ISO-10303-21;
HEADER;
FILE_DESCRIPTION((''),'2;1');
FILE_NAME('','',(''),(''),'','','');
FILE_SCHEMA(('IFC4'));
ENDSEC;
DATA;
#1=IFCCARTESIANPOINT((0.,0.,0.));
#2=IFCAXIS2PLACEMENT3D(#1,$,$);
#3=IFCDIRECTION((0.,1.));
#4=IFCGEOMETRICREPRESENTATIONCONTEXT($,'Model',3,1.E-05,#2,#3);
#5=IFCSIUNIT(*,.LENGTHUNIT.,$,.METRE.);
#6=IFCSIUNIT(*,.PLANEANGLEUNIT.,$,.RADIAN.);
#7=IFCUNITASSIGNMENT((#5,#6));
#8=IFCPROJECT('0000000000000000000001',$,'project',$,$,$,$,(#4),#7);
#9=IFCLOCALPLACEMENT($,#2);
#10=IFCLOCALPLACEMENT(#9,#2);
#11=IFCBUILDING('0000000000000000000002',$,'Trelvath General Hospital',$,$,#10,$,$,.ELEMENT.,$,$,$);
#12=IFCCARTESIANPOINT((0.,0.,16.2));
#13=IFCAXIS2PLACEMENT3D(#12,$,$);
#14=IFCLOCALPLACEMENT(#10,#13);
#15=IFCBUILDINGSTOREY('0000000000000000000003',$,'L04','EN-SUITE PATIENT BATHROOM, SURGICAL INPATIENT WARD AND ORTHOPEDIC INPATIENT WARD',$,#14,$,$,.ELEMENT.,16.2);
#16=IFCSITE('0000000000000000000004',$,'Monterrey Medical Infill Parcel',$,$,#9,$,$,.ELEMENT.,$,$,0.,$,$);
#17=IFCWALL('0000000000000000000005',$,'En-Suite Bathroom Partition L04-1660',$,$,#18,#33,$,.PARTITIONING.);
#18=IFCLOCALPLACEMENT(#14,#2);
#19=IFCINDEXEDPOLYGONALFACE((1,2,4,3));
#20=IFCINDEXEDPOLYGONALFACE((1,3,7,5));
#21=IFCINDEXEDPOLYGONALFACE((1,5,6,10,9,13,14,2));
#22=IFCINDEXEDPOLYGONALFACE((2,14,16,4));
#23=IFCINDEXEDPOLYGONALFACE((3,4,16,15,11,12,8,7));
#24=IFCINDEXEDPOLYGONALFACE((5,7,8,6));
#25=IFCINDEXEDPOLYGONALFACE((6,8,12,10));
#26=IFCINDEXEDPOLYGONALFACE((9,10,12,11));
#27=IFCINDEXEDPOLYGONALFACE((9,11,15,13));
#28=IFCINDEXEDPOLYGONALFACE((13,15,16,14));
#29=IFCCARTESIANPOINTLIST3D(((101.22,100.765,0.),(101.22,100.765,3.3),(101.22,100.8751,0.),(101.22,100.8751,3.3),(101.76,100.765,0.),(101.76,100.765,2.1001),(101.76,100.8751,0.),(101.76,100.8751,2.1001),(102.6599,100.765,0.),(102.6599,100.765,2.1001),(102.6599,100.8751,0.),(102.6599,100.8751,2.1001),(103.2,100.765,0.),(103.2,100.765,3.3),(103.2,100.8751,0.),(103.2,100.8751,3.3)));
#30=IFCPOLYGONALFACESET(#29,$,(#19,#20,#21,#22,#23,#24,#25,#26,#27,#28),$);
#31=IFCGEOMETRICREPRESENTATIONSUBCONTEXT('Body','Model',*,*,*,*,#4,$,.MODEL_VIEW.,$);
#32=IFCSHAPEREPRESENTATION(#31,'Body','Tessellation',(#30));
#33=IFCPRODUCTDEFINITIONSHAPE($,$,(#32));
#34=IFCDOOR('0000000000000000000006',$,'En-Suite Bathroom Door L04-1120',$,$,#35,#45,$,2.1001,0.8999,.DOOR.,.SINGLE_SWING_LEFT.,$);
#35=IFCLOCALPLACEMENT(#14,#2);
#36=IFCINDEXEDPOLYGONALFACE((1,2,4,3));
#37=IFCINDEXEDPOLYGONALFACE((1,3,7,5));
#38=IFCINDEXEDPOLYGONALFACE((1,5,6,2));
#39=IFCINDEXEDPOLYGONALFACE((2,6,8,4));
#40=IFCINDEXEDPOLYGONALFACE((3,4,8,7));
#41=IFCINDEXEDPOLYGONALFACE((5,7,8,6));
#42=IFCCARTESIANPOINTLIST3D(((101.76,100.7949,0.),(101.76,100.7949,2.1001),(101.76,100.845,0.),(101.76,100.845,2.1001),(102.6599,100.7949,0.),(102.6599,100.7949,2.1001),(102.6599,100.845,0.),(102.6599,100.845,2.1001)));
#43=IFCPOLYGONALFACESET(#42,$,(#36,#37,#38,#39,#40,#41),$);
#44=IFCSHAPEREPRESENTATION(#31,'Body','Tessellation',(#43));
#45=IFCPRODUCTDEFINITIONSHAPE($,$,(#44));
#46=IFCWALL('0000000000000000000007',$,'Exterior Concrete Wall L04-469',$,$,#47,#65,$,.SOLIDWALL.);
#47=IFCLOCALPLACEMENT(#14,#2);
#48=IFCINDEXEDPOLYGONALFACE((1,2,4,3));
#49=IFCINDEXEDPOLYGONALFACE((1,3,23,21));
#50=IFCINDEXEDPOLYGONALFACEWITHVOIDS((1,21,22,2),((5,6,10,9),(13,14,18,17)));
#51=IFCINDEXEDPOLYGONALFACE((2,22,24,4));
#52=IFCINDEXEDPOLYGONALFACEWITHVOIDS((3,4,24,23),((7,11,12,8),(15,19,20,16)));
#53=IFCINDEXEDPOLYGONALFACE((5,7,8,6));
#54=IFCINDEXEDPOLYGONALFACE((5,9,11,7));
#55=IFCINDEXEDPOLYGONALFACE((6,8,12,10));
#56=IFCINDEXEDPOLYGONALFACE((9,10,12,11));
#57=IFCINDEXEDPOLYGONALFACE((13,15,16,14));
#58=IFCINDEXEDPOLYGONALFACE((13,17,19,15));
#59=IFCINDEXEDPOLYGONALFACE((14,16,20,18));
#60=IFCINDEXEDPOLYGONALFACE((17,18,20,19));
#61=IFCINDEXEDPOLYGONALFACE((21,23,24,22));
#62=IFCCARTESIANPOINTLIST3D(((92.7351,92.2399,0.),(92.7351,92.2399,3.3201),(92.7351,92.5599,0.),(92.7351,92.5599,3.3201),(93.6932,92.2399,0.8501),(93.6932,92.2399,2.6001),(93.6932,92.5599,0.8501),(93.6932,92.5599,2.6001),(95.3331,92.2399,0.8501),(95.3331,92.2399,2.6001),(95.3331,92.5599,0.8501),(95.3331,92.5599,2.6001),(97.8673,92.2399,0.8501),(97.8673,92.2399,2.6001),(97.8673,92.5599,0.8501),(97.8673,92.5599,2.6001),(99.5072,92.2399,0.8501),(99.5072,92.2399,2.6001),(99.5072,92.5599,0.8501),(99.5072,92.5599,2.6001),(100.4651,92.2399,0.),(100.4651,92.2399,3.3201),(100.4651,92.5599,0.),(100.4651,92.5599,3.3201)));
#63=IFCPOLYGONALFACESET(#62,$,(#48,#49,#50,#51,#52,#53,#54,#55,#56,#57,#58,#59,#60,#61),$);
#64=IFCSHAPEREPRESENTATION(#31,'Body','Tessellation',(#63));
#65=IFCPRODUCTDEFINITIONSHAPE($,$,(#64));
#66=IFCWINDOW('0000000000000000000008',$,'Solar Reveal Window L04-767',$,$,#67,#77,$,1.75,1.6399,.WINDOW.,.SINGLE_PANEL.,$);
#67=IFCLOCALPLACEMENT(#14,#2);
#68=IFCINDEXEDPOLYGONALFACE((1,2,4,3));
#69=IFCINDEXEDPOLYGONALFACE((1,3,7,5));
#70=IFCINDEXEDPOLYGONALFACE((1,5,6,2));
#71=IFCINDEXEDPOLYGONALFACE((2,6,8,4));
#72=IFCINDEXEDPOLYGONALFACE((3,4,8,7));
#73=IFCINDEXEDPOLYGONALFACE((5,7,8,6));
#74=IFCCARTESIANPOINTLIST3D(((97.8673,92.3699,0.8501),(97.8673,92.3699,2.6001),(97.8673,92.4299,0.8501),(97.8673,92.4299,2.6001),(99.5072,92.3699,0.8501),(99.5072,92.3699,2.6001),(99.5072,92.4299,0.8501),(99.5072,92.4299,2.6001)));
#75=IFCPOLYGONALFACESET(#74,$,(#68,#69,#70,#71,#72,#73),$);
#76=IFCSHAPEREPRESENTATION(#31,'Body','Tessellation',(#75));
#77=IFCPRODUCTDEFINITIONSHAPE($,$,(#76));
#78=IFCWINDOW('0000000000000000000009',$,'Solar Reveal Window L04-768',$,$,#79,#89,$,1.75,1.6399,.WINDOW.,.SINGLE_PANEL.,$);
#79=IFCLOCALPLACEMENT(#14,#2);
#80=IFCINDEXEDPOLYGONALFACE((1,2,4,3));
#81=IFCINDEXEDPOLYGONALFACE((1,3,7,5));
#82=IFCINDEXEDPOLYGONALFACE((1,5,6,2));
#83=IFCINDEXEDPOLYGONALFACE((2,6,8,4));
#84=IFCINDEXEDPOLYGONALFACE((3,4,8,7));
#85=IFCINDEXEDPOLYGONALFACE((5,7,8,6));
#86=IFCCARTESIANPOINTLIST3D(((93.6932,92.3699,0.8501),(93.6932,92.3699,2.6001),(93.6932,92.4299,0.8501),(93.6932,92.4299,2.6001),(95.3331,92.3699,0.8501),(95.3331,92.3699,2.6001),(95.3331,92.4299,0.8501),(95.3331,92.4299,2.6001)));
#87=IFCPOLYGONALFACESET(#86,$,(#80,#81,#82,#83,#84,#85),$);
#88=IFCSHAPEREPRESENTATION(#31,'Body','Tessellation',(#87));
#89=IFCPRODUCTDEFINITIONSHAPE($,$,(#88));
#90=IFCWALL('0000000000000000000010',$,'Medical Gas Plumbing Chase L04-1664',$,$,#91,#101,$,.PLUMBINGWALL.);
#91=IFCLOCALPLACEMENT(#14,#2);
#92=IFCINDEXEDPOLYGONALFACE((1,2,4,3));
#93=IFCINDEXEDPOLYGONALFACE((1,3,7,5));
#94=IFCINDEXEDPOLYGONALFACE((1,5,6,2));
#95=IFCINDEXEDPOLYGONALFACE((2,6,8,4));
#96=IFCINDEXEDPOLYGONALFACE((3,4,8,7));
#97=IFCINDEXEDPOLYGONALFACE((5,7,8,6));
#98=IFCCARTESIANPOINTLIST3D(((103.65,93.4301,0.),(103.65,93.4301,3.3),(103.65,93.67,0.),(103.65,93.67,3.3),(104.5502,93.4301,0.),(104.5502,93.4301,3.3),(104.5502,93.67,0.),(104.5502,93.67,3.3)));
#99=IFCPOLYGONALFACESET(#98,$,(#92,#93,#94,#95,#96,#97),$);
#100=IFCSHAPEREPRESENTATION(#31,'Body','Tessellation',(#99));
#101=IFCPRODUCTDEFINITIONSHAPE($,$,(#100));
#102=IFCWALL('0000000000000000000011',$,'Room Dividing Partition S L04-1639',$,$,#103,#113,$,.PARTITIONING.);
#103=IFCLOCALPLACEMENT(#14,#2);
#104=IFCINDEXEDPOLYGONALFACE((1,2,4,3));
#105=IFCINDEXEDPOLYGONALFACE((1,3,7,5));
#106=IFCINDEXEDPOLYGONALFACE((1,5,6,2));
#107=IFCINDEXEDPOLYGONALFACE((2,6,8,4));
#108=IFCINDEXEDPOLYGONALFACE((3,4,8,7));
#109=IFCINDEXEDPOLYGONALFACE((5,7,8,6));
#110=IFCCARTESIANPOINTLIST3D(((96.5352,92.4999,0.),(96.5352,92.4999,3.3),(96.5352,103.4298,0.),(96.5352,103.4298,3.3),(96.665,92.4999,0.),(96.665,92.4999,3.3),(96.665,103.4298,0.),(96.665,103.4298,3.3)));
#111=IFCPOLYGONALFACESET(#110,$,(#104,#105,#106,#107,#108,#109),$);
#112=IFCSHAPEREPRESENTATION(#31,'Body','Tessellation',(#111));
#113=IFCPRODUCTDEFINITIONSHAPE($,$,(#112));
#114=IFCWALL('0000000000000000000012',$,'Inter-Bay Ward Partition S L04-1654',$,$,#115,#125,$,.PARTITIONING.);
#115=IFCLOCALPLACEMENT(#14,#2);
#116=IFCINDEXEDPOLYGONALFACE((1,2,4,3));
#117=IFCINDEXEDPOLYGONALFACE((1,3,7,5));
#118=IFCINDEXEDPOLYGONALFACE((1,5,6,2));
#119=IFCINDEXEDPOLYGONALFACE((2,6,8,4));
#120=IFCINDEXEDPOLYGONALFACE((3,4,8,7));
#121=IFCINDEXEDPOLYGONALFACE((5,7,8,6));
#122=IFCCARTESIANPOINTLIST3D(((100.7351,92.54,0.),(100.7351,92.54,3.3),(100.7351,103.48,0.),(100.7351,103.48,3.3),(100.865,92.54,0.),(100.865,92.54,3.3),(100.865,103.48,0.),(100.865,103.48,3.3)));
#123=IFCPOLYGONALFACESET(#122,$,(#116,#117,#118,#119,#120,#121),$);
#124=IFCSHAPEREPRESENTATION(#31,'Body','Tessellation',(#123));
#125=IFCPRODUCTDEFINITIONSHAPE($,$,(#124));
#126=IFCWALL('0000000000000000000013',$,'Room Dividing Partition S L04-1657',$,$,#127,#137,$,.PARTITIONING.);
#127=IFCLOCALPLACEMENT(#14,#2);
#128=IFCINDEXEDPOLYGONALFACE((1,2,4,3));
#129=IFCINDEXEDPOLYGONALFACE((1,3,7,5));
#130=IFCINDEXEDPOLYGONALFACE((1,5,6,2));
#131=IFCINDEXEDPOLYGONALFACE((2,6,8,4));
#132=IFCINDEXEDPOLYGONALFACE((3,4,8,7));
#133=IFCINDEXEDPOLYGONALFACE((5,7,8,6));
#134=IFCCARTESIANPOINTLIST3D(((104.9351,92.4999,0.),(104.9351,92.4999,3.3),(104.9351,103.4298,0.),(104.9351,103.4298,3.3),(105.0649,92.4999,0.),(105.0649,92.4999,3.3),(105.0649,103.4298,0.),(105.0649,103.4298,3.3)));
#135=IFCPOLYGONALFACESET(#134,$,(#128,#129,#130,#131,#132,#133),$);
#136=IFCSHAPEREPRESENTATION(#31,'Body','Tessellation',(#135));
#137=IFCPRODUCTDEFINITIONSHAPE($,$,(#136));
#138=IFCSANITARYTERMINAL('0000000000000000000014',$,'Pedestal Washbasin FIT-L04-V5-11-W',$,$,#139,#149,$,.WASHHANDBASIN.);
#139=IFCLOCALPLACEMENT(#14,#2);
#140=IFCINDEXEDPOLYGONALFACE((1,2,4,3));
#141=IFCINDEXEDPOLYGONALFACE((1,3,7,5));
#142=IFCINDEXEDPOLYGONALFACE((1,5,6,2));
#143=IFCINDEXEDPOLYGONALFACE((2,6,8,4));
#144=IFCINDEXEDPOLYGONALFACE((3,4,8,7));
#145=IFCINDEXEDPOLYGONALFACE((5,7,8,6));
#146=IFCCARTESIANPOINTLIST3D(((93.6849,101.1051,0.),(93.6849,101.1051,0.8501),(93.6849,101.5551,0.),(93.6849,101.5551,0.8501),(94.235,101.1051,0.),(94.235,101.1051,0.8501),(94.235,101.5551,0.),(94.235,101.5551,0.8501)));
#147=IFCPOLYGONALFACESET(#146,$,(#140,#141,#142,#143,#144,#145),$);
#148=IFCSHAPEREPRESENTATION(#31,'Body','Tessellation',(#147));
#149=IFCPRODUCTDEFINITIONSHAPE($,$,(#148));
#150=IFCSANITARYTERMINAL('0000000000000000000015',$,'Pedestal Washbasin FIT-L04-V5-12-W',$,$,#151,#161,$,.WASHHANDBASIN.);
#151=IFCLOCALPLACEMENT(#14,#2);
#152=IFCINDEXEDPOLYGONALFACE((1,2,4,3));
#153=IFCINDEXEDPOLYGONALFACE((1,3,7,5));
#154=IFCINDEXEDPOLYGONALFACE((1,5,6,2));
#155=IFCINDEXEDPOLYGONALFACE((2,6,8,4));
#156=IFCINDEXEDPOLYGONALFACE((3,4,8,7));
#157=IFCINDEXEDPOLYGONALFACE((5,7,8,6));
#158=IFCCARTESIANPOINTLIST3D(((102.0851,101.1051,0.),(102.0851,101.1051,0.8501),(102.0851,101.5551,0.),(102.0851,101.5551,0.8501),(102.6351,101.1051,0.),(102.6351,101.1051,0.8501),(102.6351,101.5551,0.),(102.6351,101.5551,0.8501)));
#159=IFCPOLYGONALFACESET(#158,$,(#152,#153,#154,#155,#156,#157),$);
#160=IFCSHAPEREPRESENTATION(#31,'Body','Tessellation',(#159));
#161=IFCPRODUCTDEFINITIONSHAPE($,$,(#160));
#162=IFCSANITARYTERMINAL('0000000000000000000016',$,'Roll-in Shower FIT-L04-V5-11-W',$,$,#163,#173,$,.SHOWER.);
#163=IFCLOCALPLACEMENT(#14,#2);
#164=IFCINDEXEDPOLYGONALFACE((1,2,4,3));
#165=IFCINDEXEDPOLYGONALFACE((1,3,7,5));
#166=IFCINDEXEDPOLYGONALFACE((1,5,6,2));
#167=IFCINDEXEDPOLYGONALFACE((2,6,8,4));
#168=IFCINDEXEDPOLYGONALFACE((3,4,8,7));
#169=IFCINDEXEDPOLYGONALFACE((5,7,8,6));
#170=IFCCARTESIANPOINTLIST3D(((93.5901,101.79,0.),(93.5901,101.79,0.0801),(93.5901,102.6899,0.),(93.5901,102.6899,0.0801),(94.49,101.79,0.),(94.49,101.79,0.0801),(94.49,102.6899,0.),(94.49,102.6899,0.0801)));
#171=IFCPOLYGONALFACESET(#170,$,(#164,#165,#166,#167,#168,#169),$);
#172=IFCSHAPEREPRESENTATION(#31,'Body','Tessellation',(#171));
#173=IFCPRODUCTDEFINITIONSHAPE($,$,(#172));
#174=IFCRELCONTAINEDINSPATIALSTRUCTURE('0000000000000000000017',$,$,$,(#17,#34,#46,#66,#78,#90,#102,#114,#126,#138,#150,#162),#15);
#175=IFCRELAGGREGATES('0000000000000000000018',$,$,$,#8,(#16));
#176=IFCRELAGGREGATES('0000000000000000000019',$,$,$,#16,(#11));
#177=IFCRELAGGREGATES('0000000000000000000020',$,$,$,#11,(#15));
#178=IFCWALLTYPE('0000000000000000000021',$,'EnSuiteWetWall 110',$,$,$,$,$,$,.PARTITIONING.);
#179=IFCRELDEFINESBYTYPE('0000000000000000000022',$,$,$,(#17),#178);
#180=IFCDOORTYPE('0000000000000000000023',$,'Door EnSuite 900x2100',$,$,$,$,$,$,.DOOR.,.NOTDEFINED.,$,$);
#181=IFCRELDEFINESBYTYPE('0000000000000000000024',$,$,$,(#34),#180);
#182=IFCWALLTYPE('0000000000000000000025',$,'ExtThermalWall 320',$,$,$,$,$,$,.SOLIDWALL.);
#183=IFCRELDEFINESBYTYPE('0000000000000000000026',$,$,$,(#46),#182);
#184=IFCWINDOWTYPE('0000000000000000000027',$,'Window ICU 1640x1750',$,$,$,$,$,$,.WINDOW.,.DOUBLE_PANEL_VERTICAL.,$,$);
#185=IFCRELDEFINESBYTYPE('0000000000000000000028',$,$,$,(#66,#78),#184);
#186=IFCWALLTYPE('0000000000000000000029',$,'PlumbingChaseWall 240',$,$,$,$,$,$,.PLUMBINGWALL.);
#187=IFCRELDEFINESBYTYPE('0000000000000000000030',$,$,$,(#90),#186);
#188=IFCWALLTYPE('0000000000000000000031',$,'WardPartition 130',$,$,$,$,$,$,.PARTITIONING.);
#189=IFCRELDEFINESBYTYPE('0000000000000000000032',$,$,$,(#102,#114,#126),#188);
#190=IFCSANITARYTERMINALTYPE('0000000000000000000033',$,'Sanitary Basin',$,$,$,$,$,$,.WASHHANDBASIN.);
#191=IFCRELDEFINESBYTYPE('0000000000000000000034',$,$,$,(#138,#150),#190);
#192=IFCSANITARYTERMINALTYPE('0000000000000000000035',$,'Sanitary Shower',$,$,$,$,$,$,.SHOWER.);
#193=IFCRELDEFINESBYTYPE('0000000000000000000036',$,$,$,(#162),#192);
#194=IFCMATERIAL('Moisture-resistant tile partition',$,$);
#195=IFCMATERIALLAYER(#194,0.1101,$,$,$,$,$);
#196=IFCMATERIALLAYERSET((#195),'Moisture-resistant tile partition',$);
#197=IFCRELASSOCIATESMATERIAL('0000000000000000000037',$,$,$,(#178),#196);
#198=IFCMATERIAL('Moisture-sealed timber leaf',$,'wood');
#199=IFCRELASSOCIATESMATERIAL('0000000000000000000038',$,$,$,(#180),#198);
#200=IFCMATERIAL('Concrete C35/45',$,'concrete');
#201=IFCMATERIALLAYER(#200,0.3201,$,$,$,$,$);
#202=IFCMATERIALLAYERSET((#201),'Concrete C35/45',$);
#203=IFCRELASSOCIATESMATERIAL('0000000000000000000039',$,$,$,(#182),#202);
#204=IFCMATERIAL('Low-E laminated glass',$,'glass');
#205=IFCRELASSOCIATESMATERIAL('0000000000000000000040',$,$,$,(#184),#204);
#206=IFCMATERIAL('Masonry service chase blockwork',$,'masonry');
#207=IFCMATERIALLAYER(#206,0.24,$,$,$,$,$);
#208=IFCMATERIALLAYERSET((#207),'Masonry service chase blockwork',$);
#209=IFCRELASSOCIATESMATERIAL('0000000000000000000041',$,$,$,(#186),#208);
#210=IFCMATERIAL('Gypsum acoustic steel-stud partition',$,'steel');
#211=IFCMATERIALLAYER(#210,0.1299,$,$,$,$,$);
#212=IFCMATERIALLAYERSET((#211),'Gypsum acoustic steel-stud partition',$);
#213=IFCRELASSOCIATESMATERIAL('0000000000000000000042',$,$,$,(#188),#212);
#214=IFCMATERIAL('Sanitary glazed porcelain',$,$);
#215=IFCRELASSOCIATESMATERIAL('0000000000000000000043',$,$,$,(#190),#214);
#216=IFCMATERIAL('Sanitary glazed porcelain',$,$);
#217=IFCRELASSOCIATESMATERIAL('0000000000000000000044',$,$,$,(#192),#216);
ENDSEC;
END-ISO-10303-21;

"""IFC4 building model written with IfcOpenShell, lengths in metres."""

from ifc_helpers import new_model, si_unit, direction, frame, frame_2d, origin, origin_2d, place, context, subcontext, project, spatial, rectangle, extrude, material, layer, layer_set, type_object, element, fill, save


model = new_model("IFC4")

# Units and contexts
model_context = context("Model", 3, precision=1e-05, world=origin(), true_north=direction((0.0, 1.0)))
body_context = subcontext(model_context, "Body", "Model", "MODEL_VIEW")
ifc_project = project(units=[si_unit("LENGTHUNIT", "METRE"), si_unit("PLANEANGLEUNIT", "RADIAN")], contexts=[model_context])

# Site, building, storey
site_placement = place(None, origin())
site = spatial("IfcSite", under=ifc_project, at=site_placement, Name="Monterrey Medical Infill Parcel", CompositionType="ELEMENT", RefElevation=0.0)
building_placement = place(site_placement, origin())
building = spatial("IfcBuilding", under=site, at=building_placement, Name="Trelvath General Hospital", CompositionType="ELEMENT")
storey_placement = place(building_placement, frame((0.0, 0.0, 16.2)))
storey = spatial("IfcBuildingStorey", under=building, at=storey_placement, Name="L04", Description="EN-SUITE PATIENT BATHROOM, SURGICAL INPATIENT WARD AND ORTHOPEDIC INPATIENT WARD", CompositionType="ELEMENT", Elevation=16.2)

# Shared definitions
ifc_material_1 = material(Name="Moisture-resistant tile partition")
ifc_layer_1 = layer(ifc_material_1, 0.1101)
ifc_layer_set_1 = layer_set([ifc_layer_1], Name="Moisture-resistant tile partition")
wall_type_1 = type_object("IfcWallType", Name="EnSuiteWetWall 110", PredefinedType="PARTITIONING", material=ifc_layer_set_1)

# Shared definitions
ifc_material_2 = material(Name="Moisture-sealed timber leaf", Category="wood")
door_type = type_object("IfcDoorType", Name="Door EnSuite 900x2100", OperationType="NOTDEFINED", PredefinedType="DOOR", material=ifc_material_2)

# Wall, opening, door
wall_1_placement = place(storey_placement, frame((101.22, 100.8201, 0.0), z_axis=(0.0, 0.0, 1.0), x_axis=(1.0, 0.0, 0.0)))
wall_1 = element("IfcWall", 1, at=wall_1_placement, inside=storey, type_object=wall_type_1, Name="En-Suite Bathroom Partition L04-1660", PredefinedType="PARTITIONING", context=body_context, shape_type="SweptSolid", body=[
    extrude(rectangle(XDim=1.98, YDim=0.1101, at=frame_2d((0.99, 0.0))), origin(), (0.0, 0.0, 1.0), 3.3),
])
opening_1_placement = place(wall_1_placement, frame((0.54, 0.0, 0.0)))
opening_1 = element("IfcOpeningElement", 2, at=opening_1_placement, cuts=wall_1, PredefinedType="OPENING", context=body_context, shape_type="SweptSolid", body=[
    extrude(rectangle(XDim=0.8999, YDim=2.1001, at=frame_2d((0.45, 1.05))), frame((0.0, 0.0649, 0.0), z_axis=(0.0, -1.0, 0.0), x_axis=(1.0, 0.0, 0.0)), (0.0, 0.0, 1.0), 0.1301),
])
door_1_placement = place(opening_1_placement, origin())
door_1 = element("IfcDoor", 3, at=door_1_placement, inside=storey, type_object=door_type, Name="En-Suite Bathroom Door L04-1120", OperationType="SINGLE_SWING_LEFT", OverallHeight=2.1001, OverallWidth=0.8999, PredefinedType="DOOR", context=body_context, shape_type="SweptSolid", body=[
    extrude(rectangle(XDim=0.8999, YDim=2.1001, at=frame_2d((0.45, 1.05))), frame((0.0, 0.0249, 0.0), z_axis=(0.0, -1.0, 0.0), x_axis=(1.0, 0.0, 0.0)), (0.0, 0.0, 1.0), 0.05),
])
fill(opening_1, door_1)

# Wall, openings, windows
ifc_material_3 = material(Name="Concrete C35/45", Category="concrete")
ifc_layer_2 = layer(ifc_material_3, 0.3201)
ifc_layer_set_2 = layer_set([ifc_layer_2], Name="Concrete C35/45")
wall_type_2 = type_object("IfcWallType", Name="ExtThermalWall 320", PredefinedType="SOLIDWALL", material=ifc_layer_set_2)
wall_2_placement = place(storey_placement, frame((100.4651, 92.3999, 0.0), z_axis=(0.0, 0.0, 1.0), x_axis=(-1.0, 0.0, 0.0)))
wall_2 = element("IfcWall", 4, at=wall_2_placement, inside=storey, type_object=wall_type_2, Name="Exterior Concrete Wall L04-469", PredefinedType="SOLIDWALL", context=body_context, shape_type="SweptSolid", body=[
    extrude(rectangle(XDim=7.73, YDim=0.3201, at=frame_2d((3.865, 0.0))), origin(), (0.0, 0.0, 1.0), 3.3201),
])
opening_2_placement = place(wall_2_placement, frame((0.958, 0.0, 0.8501)))
opening_2 = element("IfcOpeningElement", 5, at=opening_2_placement, cuts=wall_2, PredefinedType="OPENING", context=body_context, shape_type="SweptSolid", body=[
    extrude(rectangle(XDim=1.6399, YDim=1.75, at=frame_2d((0.8198, 0.875))), frame((0.0, 0.1699, 0.0), z_axis=(0.0, -1.0, 0.0), x_axis=(1.0, 0.0, 0.0)), (0.0, 0.0, 1.0), 0.3401),
])
opening_3_placement = place(wall_2_placement, frame((5.1321, 0.0, 0.8501)))
opening_3 = element("IfcOpeningElement", 6, at=opening_3_placement, cuts=wall_2, PredefinedType="OPENING", context=body_context, shape_type="SweptSolid", body=[
    extrude(rectangle(XDim=1.6399, YDim=1.75, at=frame_2d((0.8198, 0.875))), frame((0.0, 0.1699, 0.0), z_axis=(0.0, -1.0, 0.0), x_axis=(1.0, 0.0, 0.0)), (0.0, 0.0, 1.0), 0.3401),
])
ifc_material_4 = material(Name="Low-E laminated glass", Category="glass")
window_type = type_object("IfcWindowType", Name="Window ICU 1640x1750", PartitioningType="DOUBLE_PANEL_VERTICAL", PredefinedType="WINDOW", material=ifc_material_4)
window_1_placement = place(opening_2_placement, origin())
window_1 = element("IfcWindow", 7, at=window_1_placement, inside=storey, type_object=window_type, Name="Solar Reveal Window L04-767", OverallHeight=1.75, OverallWidth=1.6399, PartitioningType="SINGLE_PANEL", PredefinedType="WINDOW", context=body_context, shape_type="SweptSolid", body=[
    extrude(rectangle(XDim=1.6399, YDim=1.75, at=frame_2d((0.8198, 0.875))), frame((0.0, 0.03, 0.0), z_axis=(0.0, -1.0, 0.0), x_axis=(1.0, 0.0, 0.0)), (0.0, 0.0, 1.0), 0.0601),
])
fill(opening_2, window_1)
window_2_placement = place(opening_3_placement, origin())
window_2 = element("IfcWindow", 8, at=window_2_placement, inside=storey, type_object=window_type, Name="Solar Reveal Window L04-768", OverallHeight=1.75, OverallWidth=1.6399, PartitioningType="SINGLE_PANEL", PredefinedType="WINDOW", context=body_context, shape_type="SweptSolid", body=[
    extrude(rectangle(XDim=1.6399, YDim=1.75, at=frame_2d((0.8198, 0.875))), frame((0.0, 0.03, 0.0), z_axis=(0.0, -1.0, 0.0), x_axis=(1.0, 0.0, 0.0)), (0.0, 0.0, 1.0), 0.0601),
])
fill(opening_3, window_2)

# Walls
ifc_material_5 = material(Name="Masonry service chase blockwork", Category="masonry")
ifc_layer_3 = layer(ifc_material_5, 0.24)
ifc_layer_set_3 = layer_set([ifc_layer_3], Name="Masonry service chase blockwork")
wall_type_3 = type_object("IfcWallType", Name="PlumbingChaseWall 240", PredefinedType="PLUMBINGWALL", material=ifc_layer_set_3)
wall_3_placement = place(storey_placement, frame((103.6499, 93.55, 0.0), z_axis=(0.0, 0.0, 1.0), x_axis=(1.0, 0.0, 0.0)))
element("IfcWall", 9, at=wall_3_placement, inside=storey, type_object=wall_type_3, Name="Medical Gas Plumbing Chase L04-1664", PredefinedType="PLUMBINGWALL", context=body_context, shape_type="SweptSolid", body=[
    extrude(rectangle(XDim=0.9001, YDim=0.24, at=frame_2d((0.4502, 0.0))), origin(), (0.0, 0.0, 1.0), 3.3),
])
ifc_material_6 = material(Name="Gypsum acoustic steel-stud partition", Category="steel")
ifc_layer_4 = layer(ifc_material_6, 0.1299)
ifc_layer_set_4 = layer_set([ifc_layer_4], Name="Gypsum acoustic steel-stud partition")
wall_type_4 = type_object("IfcWallType", Name="WardPartition 130", PredefinedType="PARTITIONING", material=ifc_layer_set_4)
wall_4_placement = place(storey_placement, frame((96.6001, 92.5, 0.0), z_axis=(0.0, 0.0, 1.0), x_axis=(0.0, 1.0, 0.0)))
element("IfcWall", 10, at=wall_4_placement, inside=storey, type_object=wall_type_4, Name="Room Dividing Partition S L04-1639", PredefinedType="PARTITIONING", context=body_context, shape_type="SweptSolid", body=[
    extrude(rectangle(XDim=10.9299, YDim=0.1299, at=frame_2d((5.4648, 0.0))), origin(), (0.0, 0.0, 1.0), 3.3),
])
wall_5_placement = place(storey_placement, frame((100.8, 92.54, 0.0), z_axis=(0.0, 0.0, 1.0), x_axis=(0.0, 1.0, 0.0)))
element("IfcWall", 11, at=wall_5_placement, inside=storey, type_object=wall_type_4, Name="Inter-Bay Ward Partition S L04-1654", PredefinedType="PARTITIONING", context=body_context, shape_type="SweptSolid", body=[
    extrude(rectangle(XDim=10.9399, YDim=0.1299, at=frame_2d((5.47, 0.0))), origin(), (0.0, 0.0, 1.0), 3.3),
])
wall_6_placement = place(storey_placement, frame((105.0, 92.5, 0.0), z_axis=(0.0, 0.0, 1.0), x_axis=(0.0, 1.0, 0.0)))
element("IfcWall", 12, at=wall_6_placement, inside=storey, type_object=wall_type_4, Name="Room Dividing Partition S L04-1657", PredefinedType="PARTITIONING", context=body_context, shape_type="SweptSolid", body=[
    extrude(rectangle(XDim=10.9299, YDim=0.1299, at=frame_2d((5.4648, 0.0))), origin(), (0.0, 0.0, 1.0), 3.3),
])

# Sanitary terminals
ifc_material_7 = material(Name="Sanitary glazed porcelain")
sanitary_terminal_type_1 = type_object("IfcSanitaryTerminalType", Name="Sanitary Basin", PredefinedType="WASHHANDBASIN", material=ifc_material_7)
for number, where, z_axis, x_axis, name in (
    (13, (93.96, 101.3301, 0.0), (0.0, 0.0, 1.0), (1.0, 0.0, 0.0), "Pedestal Washbasin FIT-L04-V5-11-W"),
    (14, (102.3601, 101.3301, 0.0), (0.0, 0.0, 1.0), (1.0, 0.0, 0.0), "Pedestal Washbasin FIT-L04-V5-12-W"),
):
    element("IfcSanitaryTerminal", number, at=place(storey_placement, frame(where, z_axis=z_axis, x_axis=x_axis)), inside=storey, type_object=sanitary_terminal_type_1, Name=name, PredefinedType="WASHHANDBASIN", context=body_context, shape_type="SweptSolid", body=[
        extrude(rectangle(XDim=0.55, YDim=0.45, at=origin_2d()), origin(), (0.0, 0.0, 1.0), 0.8501),
    ])
ifc_material_8 = material(Name="Sanitary glazed porcelain")
sanitary_terminal_type_2 = type_object("IfcSanitaryTerminalType", Name="Sanitary Shower", PredefinedType="SHOWER", material=ifc_material_8)
sanitary_terminal_1_placement = place(storey_placement, frame((94.04, 102.24, 0.0), z_axis=(0.0, 0.0, 1.0), x_axis=(1.0, 0.0, 0.0)))
element("IfcSanitaryTerminal", 15, at=sanitary_terminal_1_placement, inside=storey, type_object=sanitary_terminal_type_2, Name="Roll-in Shower FIT-L04-V5-11-W", PredefinedType="SHOWER", context=body_context, shape_type="SweptSolid", body=[
    extrude(rectangle(XDim=0.8999, YDim=0.8999, at=origin_2d()), origin(), (0.0, 0.0, 1.0), 0.0801),
])

save(model, "model.ifc")
